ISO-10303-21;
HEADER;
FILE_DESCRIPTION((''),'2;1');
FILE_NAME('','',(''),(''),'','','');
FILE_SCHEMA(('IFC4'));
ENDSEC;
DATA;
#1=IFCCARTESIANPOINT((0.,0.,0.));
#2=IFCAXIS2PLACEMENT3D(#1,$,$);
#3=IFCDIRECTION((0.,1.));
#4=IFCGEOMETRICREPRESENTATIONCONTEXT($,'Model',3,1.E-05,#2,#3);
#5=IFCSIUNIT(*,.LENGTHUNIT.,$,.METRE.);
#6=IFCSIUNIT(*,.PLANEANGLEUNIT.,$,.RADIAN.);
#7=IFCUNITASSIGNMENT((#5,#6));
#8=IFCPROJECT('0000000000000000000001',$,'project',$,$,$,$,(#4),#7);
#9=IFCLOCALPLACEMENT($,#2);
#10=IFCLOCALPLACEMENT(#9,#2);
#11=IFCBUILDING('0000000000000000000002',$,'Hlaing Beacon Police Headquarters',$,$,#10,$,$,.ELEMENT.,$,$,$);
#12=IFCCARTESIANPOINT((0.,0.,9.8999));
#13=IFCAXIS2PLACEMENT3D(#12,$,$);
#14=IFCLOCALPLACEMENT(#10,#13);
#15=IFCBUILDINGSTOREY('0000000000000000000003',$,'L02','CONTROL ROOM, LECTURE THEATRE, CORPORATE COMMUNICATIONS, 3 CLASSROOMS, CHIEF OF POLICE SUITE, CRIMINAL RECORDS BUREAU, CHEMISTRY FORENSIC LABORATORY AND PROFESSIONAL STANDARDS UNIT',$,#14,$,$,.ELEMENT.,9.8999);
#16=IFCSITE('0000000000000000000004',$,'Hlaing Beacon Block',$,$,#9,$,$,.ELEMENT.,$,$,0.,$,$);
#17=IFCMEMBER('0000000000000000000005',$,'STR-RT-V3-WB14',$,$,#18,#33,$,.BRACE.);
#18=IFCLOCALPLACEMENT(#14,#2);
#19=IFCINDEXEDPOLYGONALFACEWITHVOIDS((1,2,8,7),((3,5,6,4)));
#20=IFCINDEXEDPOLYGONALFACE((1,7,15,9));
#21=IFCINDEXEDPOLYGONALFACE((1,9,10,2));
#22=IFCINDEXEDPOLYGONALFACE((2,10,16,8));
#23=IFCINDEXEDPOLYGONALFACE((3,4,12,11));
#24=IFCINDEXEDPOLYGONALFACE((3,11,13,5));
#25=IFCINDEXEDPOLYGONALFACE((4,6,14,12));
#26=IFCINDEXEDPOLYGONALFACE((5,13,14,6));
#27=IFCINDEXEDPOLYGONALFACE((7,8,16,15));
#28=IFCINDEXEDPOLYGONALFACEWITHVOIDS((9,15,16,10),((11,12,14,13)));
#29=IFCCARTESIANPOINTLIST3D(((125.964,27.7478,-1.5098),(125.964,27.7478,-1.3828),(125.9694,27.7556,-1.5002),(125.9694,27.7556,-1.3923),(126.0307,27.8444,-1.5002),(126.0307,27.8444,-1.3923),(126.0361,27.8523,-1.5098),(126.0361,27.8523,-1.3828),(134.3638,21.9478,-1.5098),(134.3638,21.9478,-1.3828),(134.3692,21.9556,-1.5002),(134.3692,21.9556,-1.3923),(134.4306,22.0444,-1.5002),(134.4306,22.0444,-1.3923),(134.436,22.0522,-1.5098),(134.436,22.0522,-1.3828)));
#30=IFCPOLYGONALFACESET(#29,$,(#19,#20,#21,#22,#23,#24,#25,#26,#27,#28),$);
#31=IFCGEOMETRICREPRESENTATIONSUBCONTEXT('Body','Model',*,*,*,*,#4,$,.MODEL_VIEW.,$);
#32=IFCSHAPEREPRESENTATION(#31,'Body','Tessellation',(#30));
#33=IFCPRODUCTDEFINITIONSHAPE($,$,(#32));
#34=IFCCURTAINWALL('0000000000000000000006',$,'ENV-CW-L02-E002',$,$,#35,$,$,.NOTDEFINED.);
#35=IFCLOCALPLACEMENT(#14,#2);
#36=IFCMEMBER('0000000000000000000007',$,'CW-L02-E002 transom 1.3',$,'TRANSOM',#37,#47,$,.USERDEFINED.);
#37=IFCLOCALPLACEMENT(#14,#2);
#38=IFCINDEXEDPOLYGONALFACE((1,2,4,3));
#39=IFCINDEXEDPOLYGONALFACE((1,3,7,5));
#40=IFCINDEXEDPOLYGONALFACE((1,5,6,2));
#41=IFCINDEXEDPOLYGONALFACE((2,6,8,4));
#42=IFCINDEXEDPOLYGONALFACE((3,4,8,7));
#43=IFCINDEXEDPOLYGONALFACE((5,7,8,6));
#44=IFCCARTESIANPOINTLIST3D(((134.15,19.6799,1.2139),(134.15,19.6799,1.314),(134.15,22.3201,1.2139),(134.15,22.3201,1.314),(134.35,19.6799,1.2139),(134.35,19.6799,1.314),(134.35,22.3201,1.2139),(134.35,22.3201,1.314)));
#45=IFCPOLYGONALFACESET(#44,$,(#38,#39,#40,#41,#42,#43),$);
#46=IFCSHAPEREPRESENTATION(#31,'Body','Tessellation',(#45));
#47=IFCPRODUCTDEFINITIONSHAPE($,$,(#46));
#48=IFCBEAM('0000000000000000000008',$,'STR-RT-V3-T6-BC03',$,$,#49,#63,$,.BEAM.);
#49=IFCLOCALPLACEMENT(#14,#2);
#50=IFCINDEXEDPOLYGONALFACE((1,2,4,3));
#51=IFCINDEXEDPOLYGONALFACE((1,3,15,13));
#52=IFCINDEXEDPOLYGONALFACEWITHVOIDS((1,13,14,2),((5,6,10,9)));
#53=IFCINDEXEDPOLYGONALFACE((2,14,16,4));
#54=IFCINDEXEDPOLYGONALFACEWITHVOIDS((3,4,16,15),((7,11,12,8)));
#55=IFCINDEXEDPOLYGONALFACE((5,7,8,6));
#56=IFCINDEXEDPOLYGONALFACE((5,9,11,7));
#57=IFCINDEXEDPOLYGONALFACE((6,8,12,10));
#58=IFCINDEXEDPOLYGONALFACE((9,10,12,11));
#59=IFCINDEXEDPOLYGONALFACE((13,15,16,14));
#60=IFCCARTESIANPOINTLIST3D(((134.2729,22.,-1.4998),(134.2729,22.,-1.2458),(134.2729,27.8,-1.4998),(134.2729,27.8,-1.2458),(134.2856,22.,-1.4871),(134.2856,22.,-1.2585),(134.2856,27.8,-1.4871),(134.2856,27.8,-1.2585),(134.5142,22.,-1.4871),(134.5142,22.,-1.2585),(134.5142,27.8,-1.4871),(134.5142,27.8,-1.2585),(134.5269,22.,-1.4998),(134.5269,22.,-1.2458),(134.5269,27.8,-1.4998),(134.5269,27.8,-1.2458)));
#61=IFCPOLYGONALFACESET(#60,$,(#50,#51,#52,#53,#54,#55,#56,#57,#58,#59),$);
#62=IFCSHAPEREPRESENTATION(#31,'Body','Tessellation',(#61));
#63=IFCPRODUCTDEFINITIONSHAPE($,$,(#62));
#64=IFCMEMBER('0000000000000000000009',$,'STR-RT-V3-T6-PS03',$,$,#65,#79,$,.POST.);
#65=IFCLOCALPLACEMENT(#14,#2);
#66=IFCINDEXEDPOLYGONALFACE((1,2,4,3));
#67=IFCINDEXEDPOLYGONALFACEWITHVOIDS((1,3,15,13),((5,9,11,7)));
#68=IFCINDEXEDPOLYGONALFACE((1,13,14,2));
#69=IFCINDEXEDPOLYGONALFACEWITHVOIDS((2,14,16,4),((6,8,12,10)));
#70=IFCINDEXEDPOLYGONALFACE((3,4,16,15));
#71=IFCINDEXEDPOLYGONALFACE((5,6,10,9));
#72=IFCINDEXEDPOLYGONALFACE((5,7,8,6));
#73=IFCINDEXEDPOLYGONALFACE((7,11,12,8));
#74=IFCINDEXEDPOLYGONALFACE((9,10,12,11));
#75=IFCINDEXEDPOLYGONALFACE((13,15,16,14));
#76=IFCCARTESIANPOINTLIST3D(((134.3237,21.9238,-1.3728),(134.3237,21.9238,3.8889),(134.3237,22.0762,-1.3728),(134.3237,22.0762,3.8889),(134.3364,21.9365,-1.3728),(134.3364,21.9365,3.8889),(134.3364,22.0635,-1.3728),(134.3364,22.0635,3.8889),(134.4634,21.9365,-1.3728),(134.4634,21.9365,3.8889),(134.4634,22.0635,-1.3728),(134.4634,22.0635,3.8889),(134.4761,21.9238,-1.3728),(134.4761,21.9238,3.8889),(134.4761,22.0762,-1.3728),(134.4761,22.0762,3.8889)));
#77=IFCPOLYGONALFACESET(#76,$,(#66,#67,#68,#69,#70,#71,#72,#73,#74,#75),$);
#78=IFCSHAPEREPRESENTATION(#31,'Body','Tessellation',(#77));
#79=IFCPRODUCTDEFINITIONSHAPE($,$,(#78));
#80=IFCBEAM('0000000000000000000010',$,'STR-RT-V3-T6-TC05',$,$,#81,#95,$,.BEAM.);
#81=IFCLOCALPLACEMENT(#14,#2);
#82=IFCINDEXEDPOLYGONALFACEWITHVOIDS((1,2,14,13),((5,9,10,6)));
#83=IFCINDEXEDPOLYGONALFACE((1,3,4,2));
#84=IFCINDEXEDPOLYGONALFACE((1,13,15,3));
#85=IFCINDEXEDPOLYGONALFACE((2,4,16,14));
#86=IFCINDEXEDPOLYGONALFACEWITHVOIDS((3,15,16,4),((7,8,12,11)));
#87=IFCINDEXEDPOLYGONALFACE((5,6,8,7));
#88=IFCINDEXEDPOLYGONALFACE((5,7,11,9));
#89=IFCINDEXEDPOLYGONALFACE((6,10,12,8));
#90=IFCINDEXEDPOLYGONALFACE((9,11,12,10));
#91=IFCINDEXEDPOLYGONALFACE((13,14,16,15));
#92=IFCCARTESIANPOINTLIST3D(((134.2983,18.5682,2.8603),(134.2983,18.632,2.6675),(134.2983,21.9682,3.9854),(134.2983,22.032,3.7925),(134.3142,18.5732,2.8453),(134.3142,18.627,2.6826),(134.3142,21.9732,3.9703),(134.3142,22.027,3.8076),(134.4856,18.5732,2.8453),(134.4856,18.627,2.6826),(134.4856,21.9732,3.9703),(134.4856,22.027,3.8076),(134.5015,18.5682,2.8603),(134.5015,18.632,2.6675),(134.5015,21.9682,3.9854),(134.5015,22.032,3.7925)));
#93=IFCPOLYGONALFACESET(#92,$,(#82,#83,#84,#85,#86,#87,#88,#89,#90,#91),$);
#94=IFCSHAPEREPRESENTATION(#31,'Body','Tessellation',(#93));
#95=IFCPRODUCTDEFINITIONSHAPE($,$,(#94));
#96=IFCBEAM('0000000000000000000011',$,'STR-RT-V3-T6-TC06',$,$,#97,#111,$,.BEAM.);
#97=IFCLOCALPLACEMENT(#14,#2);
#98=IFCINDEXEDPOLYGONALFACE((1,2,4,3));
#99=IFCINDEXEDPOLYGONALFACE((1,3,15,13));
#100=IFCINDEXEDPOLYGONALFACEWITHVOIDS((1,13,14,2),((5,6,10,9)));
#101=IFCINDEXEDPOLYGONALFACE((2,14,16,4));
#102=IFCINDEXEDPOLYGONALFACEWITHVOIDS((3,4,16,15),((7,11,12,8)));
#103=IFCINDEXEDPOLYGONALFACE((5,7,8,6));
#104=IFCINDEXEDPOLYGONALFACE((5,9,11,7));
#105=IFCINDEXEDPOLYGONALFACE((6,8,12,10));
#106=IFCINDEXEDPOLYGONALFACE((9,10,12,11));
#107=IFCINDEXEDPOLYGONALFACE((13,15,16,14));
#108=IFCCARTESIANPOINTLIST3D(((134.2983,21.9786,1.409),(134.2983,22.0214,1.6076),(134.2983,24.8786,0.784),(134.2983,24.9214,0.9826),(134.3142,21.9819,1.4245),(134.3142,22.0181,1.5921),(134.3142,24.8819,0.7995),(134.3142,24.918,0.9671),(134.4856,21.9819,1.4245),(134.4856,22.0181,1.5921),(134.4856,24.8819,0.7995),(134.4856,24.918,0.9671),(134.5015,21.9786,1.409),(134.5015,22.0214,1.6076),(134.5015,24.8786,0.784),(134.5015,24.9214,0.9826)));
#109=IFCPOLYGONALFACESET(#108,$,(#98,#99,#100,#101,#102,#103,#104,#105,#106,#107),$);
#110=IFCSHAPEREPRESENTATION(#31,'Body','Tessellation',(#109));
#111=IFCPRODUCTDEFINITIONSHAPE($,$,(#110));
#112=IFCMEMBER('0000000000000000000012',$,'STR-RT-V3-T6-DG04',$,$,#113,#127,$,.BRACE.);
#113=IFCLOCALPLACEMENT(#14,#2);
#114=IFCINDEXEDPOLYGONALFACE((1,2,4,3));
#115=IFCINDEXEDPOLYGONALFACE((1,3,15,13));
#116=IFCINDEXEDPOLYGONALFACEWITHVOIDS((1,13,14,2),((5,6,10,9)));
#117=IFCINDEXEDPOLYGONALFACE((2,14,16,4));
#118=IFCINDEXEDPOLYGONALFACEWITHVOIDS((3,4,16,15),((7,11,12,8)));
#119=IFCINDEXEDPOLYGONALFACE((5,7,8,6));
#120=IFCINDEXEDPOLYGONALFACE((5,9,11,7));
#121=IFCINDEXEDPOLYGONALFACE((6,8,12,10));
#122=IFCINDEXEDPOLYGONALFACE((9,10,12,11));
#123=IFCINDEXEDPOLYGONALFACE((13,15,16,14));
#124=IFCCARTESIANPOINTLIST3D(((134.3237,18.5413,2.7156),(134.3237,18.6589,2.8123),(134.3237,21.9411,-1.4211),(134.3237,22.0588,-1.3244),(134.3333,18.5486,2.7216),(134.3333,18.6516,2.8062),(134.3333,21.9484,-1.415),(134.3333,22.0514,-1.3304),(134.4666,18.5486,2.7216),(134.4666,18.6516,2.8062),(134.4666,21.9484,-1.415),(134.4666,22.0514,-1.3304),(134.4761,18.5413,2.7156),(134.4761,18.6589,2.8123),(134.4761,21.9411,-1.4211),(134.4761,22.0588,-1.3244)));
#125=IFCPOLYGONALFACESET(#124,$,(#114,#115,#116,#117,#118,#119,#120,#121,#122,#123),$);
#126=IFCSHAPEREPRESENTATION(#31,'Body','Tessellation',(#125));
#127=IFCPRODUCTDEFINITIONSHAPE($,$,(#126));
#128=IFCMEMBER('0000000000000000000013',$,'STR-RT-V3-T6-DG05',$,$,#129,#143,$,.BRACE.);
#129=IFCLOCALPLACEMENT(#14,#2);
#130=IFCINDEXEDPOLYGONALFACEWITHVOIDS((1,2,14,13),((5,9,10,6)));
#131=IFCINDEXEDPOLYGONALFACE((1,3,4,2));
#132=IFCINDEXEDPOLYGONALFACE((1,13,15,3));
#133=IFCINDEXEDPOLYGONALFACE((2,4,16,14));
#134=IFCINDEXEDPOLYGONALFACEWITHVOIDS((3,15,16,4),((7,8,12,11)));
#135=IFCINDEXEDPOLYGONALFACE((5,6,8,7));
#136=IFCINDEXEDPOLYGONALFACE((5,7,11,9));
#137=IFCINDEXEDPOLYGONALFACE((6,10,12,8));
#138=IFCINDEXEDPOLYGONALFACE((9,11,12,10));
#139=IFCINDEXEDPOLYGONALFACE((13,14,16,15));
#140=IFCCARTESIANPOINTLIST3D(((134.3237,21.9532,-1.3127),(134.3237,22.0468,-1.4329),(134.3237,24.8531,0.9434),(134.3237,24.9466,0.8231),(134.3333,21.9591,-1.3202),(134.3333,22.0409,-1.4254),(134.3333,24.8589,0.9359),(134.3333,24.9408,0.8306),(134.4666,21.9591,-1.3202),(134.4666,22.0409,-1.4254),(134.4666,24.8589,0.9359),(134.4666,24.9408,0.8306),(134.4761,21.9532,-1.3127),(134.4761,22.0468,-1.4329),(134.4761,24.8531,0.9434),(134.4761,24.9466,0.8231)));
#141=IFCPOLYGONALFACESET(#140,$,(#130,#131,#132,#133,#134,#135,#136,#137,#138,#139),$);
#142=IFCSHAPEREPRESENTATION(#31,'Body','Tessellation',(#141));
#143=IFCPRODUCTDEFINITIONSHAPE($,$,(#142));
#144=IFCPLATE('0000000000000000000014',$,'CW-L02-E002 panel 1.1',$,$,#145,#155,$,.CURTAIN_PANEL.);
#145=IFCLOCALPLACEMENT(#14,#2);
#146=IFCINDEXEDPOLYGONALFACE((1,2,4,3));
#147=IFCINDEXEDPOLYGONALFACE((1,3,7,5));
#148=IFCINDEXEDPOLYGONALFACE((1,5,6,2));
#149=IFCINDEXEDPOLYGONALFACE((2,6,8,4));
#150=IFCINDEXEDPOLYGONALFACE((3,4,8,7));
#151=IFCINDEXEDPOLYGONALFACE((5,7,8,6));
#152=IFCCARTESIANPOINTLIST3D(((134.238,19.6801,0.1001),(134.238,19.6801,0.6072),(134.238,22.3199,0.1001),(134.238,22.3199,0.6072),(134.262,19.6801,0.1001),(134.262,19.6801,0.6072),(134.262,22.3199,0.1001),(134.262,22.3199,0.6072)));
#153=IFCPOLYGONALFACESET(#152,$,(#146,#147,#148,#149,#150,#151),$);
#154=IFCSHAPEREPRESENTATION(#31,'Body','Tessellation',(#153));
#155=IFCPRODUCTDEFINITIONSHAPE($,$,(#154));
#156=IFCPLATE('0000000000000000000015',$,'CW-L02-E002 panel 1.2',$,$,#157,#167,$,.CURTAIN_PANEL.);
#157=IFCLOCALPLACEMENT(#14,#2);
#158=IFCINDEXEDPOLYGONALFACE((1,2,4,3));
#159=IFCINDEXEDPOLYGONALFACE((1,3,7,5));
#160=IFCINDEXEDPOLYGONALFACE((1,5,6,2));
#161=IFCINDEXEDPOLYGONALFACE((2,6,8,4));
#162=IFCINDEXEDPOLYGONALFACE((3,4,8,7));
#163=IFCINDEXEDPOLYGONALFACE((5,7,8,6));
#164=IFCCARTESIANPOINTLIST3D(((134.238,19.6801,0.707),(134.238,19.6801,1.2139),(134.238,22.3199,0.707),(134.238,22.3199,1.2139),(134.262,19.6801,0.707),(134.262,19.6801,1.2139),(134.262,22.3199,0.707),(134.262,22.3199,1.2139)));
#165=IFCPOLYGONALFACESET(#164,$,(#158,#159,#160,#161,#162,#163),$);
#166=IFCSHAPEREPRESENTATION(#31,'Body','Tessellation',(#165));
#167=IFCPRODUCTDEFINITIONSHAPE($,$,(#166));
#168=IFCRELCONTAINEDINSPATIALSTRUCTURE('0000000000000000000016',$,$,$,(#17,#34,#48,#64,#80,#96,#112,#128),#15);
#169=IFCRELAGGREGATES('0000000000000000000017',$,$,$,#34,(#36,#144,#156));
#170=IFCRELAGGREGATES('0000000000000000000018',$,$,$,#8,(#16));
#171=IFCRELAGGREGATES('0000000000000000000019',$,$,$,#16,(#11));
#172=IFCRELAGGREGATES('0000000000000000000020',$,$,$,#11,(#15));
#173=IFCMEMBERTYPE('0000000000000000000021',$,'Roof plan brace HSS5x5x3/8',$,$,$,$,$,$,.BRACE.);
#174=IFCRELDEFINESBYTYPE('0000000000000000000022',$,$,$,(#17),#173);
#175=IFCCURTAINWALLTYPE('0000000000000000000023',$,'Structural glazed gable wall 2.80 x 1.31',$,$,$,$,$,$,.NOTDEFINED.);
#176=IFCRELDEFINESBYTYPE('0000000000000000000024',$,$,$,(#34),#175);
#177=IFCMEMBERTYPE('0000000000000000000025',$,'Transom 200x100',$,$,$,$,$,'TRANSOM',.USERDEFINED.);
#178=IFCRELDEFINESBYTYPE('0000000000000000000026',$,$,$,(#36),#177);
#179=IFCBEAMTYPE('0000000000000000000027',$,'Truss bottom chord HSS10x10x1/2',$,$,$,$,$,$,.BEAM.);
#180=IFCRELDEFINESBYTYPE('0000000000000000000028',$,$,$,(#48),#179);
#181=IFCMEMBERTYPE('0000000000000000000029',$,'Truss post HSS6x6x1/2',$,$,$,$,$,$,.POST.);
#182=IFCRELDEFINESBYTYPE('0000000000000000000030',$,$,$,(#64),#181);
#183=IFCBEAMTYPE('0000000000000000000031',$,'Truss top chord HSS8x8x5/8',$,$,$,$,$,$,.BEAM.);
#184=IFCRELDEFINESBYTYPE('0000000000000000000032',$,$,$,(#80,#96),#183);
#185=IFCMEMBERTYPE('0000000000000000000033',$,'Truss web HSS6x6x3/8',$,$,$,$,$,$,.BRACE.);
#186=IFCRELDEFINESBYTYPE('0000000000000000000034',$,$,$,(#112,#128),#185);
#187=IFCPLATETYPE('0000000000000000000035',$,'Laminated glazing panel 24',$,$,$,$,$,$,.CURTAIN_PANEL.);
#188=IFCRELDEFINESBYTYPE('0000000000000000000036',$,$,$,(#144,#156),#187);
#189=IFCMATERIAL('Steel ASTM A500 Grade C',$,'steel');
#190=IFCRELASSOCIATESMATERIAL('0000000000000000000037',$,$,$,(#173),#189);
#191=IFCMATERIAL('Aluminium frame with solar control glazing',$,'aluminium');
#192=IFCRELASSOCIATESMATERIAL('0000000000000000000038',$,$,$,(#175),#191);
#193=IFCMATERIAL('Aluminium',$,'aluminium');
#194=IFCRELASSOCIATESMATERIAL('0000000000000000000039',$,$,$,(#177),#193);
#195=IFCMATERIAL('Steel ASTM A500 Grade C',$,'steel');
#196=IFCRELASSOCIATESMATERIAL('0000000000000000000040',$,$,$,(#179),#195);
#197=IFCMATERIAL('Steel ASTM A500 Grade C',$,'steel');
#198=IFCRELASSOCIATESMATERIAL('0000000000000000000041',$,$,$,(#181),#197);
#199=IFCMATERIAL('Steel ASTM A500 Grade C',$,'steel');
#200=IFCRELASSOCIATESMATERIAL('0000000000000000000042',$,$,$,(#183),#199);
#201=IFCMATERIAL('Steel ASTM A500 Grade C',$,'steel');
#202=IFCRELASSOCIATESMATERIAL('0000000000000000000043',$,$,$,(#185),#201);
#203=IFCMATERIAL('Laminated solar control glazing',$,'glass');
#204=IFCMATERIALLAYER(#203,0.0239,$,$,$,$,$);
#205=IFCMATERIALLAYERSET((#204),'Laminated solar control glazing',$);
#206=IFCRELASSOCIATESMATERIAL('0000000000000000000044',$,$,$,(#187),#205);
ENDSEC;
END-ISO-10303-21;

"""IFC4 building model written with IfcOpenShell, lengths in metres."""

from ifc_helpers import new_model, si_unit, direction, frame, origin, origin_2d, place, context, subcontext, project, spatial, rectangle, hollow_rectangle, extrude, material, layer, layer_set, material_profile, profile_set, type_object, element, aggregate, save


model = new_model("IFC4")

# Units and contexts
model_context = context("Model", 3, precision=1e-05, world=origin(), true_north=direction((0.0, 1.0)))
body_context = subcontext(model_context, "Body", "Model", "MODEL_VIEW")
ifc_project = project(units=[si_unit("LENGTHUNIT", "METRE"), si_unit("PLANEANGLEUNIT", "RADIAN")], contexts=[model_context])

# Site, building, storey
site_placement = place(None, origin())
site = spatial("IfcSite", under=ifc_project, at=site_placement, Name="Hlaing Beacon Block", CompositionType="ELEMENT", RefElevation=0.0)
building_placement = place(site_placement, origin())
building = spatial("IfcBuilding", under=site, at=building_placement, Name="Hlaing Beacon Police Headquarters", CompositionType="ELEMENT")
storey_placement = place(building_placement, frame((0.0, 0.0, 9.8999)))
storey = spatial("IfcBuildingStorey", under=building, at=storey_placement, Name="L02", Description="CONTROL ROOM, LECTURE THEATRE, CORPORATE COMMUNICATIONS, 3 CLASSROOMS, CHIEF OF POLICE SUITE, CRIMINAL RECORDS BUREAU, CHEMISTRY FORENSIC LABORATORY AND PROFESSIONAL STANDARDS UNIT", CompositionType="ELEMENT", Elevation=9.8999)

# Member
ifc_material_1 = material(Name="Steel ASTM A500 Grade C", Category="steel")
ifc_material_profile_1 = material_profile(ifc_material_1, hollow_rectangle(XDim=0.127, YDim=0.127, WallThickness=0.0095, at=origin_2d()), Name="HSS5x5x3/8")
ifc_profile_set_1 = profile_set([ifc_material_profile_1], Name="Steel ASTM A500 Grade C")
member_type_1 = type_object("IfcMemberType", Name="Roof plan brace HSS5x5x3/8", PredefinedType="BRACE", material=ifc_profile_set_1)
member_1_placement = place(storey_placement, frame((134.3999, 22.0, -1.4463), z_axis=(-0.822892, 0.568198, 0.0), x_axis=(-0.568198, -0.822892, 0.0)))
element("IfcMember", 1, at=member_1_placement, inside=storey, type_object=member_type_1, Name="STR-RT-V3-WB14", PredefinedType="BRACE", context=body_context, shape_type="SweptSolid", body=[
    extrude(hollow_rectangle(XDim=0.127, YDim=0.127, WallThickness=0.0095, at=origin_2d()), origin(), (0.0, 0.0, 1.0), 10.2078),
])

# Curtain wall, member
ifc_material_2 = material(Name="Aluminium frame with solar control glazing", Category="aluminium")
curtain_wall_type = type_object("IfcCurtainWallType", Name="Structural glazed gable wall 2.80 x 1.31", PredefinedType="NOTDEFINED", material=ifc_material_2)
curtain_wall_placement = place(storey_placement, origin())
curtain_wall = element("IfcCurtainWall", 2, at=curtain_wall_placement, inside=storey, type_object=curtain_wall_type, Name="ENV-CW-L02-E002", PredefinedType="NOTDEFINED")
ifc_material_3 = material(Name="Aluminium", Category="aluminium")
ifc_material_profile_2 = material_profile(ifc_material_3, rectangle(XDim=0.2, YDim=0.1001, at=origin_2d()), Name="Transom 200x100")
ifc_profile_set_2 = profile_set([ifc_material_profile_2], Name="Aluminium")
member_type_2 = type_object("IfcMemberType", Name="Transom 200x100", ElementType="TRANSOM", PredefinedType="USERDEFINED", material=ifc_profile_set_2)
member_2_placement = place(storey_placement, frame((134.25, 19.6799, 1.2639), z_axis=(0.0, 1.0, 0.0), x_axis=(-1.0, 0.0, 0.0)))
member_2 = element("IfcMember", 3, at=member_2_placement, type_object=member_type_2, Name="CW-L02-E002 transom 1.3", ObjectType="TRANSOM", PredefinedType="USERDEFINED", context=body_context, shape_type="SweptSolid", body=[
    extrude(rectangle(XDim=0.2, YDim=0.1001, at=origin_2d()), origin(), (0.0, 0.0, 1.0), 2.6401),
])

# Beam
ifc_material_4 = material(Name="Steel ASTM A500 Grade C", Category="steel")
ifc_material_profile_3 = material_profile(ifc_material_4, hollow_rectangle(XDim=0.2539, YDim=0.2539, WallThickness=0.0127, at=origin_2d()), Name="HSS10x10x1/2")
ifc_profile_set_3 = profile_set([ifc_material_profile_3], Name="Steel ASTM A500 Grade C")
beam_type_1 = type_object("IfcBeamType", Name="Truss bottom chord HSS10x10x1/2", PredefinedType="BEAM", material=ifc_profile_set_3)
beam_1_placement = place(storey_placement, frame((134.3999, 22.0, -1.3728), z_axis=(0.0, 1.0, 0.0), x_axis=(-1.0, 0.0, 0.0)))
element("IfcBeam", 4, at=beam_1_placement, inside=storey, type_object=beam_type_1, Name="STR-RT-V3-T6-BC03", PredefinedType="BEAM", context=body_context, shape_type="SweptSolid", body=[
    extrude(hollow_rectangle(XDim=0.2539, YDim=0.2539, WallThickness=0.0127, at=origin_2d()), origin(), (0.0, 0.0, 1.0), 5.8),
])

# Member
ifc_material_5 = material(Name="Steel ASTM A500 Grade C", Category="steel")
ifc_material_profile_4 = material_profile(ifc_material_5, hollow_rectangle(XDim=0.1523, YDim=0.1523, WallThickness=0.0127, at=origin_2d()), Name="HSS6x6x1/2")
ifc_profile_set_4 = profile_set([ifc_material_profile_4], Name="Steel ASTM A500 Grade C")
member_type_3 = type_object("IfcMemberType", Name="Truss post HSS6x6x1/2", PredefinedType="POST", material=ifc_profile_set_4)
member_3_placement = place(storey_placement, frame((134.3999, 22.0, -1.3728), z_axis=(0.0, 0.0, 1.0), x_axis=(1.0, 0.0, 0.0)))
element("IfcMember", 5, at=member_3_placement, inside=storey, type_object=member_type_3, Name="STR-RT-V3-T6-PS03", PredefinedType="POST", context=body_context, shape_type="SweptSolid", body=[
    extrude(hollow_rectangle(XDim=0.1523, YDim=0.1523, WallThickness=0.0127, at=origin_2d()), origin(), (0.0, 0.0, 1.0), 5.2617),
])

# Beams
ifc_material_6 = material(Name="Steel ASTM A500 Grade C", Category="steel")
ifc_material_profile_5 = material_profile(ifc_material_6, hollow_rectangle(XDim=0.2031, YDim=0.2031, WallThickness=0.0159, at=origin_2d()), Name="HSS8x8x5/8")
ifc_profile_set_5 = profile_set([ifc_material_profile_5], Name="Steel ASTM A500 Grade C")
beam_type_2 = type_object("IfcBeamType", Name="Truss top chord HSS8x8x5/8", PredefinedType="BEAM", material=ifc_profile_set_5)
beam_2_placement = place(storey_placement, frame((134.3999, 18.6001, 2.7639), z_axis=(0.0, 0.949376, 0.314141), x_axis=(-1.0, 0.0, 0.0)))
element("IfcBeam", 6, at=beam_2_placement, inside=storey, type_object=beam_type_2, Name="STR-RT-V3-T6-TC05", PredefinedType="BEAM", context=body_context, shape_type="SweptSolid", body=[
    extrude(hollow_rectangle(XDim=0.2031, YDim=0.2031, WallThickness=0.0159, at=origin_2d()), origin(), (0.0, 0.0, 1.0), 3.5813),
])
beam_3_placement = place(storey_placement, frame((134.3999, 22.0, 1.5083), z_axis=(0.0, 0.977554, -0.210687), x_axis=(-1.0, 0.0, 0.0)))
element("IfcBeam", 7, at=beam_3_placement, inside=storey, type_object=beam_type_2, Name="STR-RT-V3-T6-TC06", PredefinedType="BEAM", context=body_context, shape_type="SweptSolid", body=[
    extrude(hollow_rectangle(XDim=0.2031, YDim=0.2031, WallThickness=0.0159, at=origin_2d()), origin(), (0.0, 0.0, 1.0), 2.9666),
])

# Members
ifc_material_7 = material(Name="Steel ASTM A500 Grade C", Category="steel")
ifc_material_profile_6 = material_profile(ifc_material_7, hollow_rectangle(XDim=0.1523, YDim=0.1523, WallThickness=0.0095, at=origin_2d()), Name="HSS6x6x3/8")
ifc_profile_set_6 = profile_set([ifc_material_profile_6], Name="Steel ASTM A500 Grade C")
member_type_4 = type_object("IfcMemberType", Name="Truss web HSS6x6x3/8", PredefinedType="BRACE", material=ifc_profile_set_6)
member_4_placement = place(storey_placement, frame((134.3999, 18.6001, 2.7639), z_axis=(0.0, 0.634949, -0.772554), x_axis=(-1.0, 0.0, 0.0)))
element("IfcMember", 8, at=member_4_placement, inside=storey, type_object=member_type_4, Name="STR-RT-V3-T6-DG04", PredefinedType="BRACE", context=body_context, shape_type="SweptSolid", body=[
    extrude(hollow_rectangle(XDim=0.1523, YDim=0.1523, WallThickness=0.0095, at=origin_2d()), origin(), (0.0, 0.0, 1.0), 5.3545),
])
member_5_placement = place(storey_placement, frame((134.3999, 22.0, -1.3728), z_axis=(0.0, 0.78927, 0.614046), x_axis=(-1.0, 0.0, 0.0)))
element("IfcMember", 9, at=member_5_placement, inside=storey, type_object=member_type_4, Name="STR-RT-V3-T6-DG05", PredefinedType="BRACE", context=body_context, shape_type="SweptSolid", body=[
    extrude(hollow_rectangle(XDim=0.1523, YDim=0.1523, WallThickness=0.0095, at=origin_2d()), origin(), (0.0, 0.0, 1.0), 3.6741),
])

# Plates
ifc_material_8 = material(Name="Laminated solar control glazing", Category="glass")
ifc_layer_1 = layer(ifc_material_8, 0.0239)
ifc_layer_set_1 = layer_set([ifc_layer_1], Name="Laminated solar control glazing")
plate_type = type_object("IfcPlateType", Name="Laminated glazing panel 24", PredefinedType="CURTAIN_PANEL", material=ifc_layer_set_1)
plate_1_placement = place(storey_placement, frame((134.25, 21.0, 0.1001), z_axis=(0.0, 0.0, 1.0), x_axis=(0.0, 1.0, 0.0)))
plate_1 = element("IfcPlate", 10, at=plate_1_placement, type_object=plate_type, Name="CW-L02-E002 panel 1.1", PredefinedType="CURTAIN_PANEL", context=body_context, shape_type="SweptSolid", body=[
    extrude(rectangle(XDim=2.6399, YDim=0.0239, at=origin_2d()), origin(), (0.0, 0.0, 1.0), 0.5071),
])
plate_2_placement = place(storey_placement, frame((134.25, 21.0, 0.707), z_axis=(0.0, 0.0, 1.0), x_axis=(0.0, 1.0, 0.0)))
plate_2 = element("IfcPlate", 11, at=plate_2_placement, type_object=plate_type, Name="CW-L02-E002 panel 1.2", PredefinedType="CURTAIN_PANEL", context=body_context, shape_type="SweptSolid", body=[
    extrude(rectangle(XDim=2.6399, YDim=0.0239, at=origin_2d()), origin(), (0.0, 0.0, 1.0), 0.5068),
])
aggregate(curtain_wall, [member_2, plate_1, plate_2])

save(model, "model.ifc")
